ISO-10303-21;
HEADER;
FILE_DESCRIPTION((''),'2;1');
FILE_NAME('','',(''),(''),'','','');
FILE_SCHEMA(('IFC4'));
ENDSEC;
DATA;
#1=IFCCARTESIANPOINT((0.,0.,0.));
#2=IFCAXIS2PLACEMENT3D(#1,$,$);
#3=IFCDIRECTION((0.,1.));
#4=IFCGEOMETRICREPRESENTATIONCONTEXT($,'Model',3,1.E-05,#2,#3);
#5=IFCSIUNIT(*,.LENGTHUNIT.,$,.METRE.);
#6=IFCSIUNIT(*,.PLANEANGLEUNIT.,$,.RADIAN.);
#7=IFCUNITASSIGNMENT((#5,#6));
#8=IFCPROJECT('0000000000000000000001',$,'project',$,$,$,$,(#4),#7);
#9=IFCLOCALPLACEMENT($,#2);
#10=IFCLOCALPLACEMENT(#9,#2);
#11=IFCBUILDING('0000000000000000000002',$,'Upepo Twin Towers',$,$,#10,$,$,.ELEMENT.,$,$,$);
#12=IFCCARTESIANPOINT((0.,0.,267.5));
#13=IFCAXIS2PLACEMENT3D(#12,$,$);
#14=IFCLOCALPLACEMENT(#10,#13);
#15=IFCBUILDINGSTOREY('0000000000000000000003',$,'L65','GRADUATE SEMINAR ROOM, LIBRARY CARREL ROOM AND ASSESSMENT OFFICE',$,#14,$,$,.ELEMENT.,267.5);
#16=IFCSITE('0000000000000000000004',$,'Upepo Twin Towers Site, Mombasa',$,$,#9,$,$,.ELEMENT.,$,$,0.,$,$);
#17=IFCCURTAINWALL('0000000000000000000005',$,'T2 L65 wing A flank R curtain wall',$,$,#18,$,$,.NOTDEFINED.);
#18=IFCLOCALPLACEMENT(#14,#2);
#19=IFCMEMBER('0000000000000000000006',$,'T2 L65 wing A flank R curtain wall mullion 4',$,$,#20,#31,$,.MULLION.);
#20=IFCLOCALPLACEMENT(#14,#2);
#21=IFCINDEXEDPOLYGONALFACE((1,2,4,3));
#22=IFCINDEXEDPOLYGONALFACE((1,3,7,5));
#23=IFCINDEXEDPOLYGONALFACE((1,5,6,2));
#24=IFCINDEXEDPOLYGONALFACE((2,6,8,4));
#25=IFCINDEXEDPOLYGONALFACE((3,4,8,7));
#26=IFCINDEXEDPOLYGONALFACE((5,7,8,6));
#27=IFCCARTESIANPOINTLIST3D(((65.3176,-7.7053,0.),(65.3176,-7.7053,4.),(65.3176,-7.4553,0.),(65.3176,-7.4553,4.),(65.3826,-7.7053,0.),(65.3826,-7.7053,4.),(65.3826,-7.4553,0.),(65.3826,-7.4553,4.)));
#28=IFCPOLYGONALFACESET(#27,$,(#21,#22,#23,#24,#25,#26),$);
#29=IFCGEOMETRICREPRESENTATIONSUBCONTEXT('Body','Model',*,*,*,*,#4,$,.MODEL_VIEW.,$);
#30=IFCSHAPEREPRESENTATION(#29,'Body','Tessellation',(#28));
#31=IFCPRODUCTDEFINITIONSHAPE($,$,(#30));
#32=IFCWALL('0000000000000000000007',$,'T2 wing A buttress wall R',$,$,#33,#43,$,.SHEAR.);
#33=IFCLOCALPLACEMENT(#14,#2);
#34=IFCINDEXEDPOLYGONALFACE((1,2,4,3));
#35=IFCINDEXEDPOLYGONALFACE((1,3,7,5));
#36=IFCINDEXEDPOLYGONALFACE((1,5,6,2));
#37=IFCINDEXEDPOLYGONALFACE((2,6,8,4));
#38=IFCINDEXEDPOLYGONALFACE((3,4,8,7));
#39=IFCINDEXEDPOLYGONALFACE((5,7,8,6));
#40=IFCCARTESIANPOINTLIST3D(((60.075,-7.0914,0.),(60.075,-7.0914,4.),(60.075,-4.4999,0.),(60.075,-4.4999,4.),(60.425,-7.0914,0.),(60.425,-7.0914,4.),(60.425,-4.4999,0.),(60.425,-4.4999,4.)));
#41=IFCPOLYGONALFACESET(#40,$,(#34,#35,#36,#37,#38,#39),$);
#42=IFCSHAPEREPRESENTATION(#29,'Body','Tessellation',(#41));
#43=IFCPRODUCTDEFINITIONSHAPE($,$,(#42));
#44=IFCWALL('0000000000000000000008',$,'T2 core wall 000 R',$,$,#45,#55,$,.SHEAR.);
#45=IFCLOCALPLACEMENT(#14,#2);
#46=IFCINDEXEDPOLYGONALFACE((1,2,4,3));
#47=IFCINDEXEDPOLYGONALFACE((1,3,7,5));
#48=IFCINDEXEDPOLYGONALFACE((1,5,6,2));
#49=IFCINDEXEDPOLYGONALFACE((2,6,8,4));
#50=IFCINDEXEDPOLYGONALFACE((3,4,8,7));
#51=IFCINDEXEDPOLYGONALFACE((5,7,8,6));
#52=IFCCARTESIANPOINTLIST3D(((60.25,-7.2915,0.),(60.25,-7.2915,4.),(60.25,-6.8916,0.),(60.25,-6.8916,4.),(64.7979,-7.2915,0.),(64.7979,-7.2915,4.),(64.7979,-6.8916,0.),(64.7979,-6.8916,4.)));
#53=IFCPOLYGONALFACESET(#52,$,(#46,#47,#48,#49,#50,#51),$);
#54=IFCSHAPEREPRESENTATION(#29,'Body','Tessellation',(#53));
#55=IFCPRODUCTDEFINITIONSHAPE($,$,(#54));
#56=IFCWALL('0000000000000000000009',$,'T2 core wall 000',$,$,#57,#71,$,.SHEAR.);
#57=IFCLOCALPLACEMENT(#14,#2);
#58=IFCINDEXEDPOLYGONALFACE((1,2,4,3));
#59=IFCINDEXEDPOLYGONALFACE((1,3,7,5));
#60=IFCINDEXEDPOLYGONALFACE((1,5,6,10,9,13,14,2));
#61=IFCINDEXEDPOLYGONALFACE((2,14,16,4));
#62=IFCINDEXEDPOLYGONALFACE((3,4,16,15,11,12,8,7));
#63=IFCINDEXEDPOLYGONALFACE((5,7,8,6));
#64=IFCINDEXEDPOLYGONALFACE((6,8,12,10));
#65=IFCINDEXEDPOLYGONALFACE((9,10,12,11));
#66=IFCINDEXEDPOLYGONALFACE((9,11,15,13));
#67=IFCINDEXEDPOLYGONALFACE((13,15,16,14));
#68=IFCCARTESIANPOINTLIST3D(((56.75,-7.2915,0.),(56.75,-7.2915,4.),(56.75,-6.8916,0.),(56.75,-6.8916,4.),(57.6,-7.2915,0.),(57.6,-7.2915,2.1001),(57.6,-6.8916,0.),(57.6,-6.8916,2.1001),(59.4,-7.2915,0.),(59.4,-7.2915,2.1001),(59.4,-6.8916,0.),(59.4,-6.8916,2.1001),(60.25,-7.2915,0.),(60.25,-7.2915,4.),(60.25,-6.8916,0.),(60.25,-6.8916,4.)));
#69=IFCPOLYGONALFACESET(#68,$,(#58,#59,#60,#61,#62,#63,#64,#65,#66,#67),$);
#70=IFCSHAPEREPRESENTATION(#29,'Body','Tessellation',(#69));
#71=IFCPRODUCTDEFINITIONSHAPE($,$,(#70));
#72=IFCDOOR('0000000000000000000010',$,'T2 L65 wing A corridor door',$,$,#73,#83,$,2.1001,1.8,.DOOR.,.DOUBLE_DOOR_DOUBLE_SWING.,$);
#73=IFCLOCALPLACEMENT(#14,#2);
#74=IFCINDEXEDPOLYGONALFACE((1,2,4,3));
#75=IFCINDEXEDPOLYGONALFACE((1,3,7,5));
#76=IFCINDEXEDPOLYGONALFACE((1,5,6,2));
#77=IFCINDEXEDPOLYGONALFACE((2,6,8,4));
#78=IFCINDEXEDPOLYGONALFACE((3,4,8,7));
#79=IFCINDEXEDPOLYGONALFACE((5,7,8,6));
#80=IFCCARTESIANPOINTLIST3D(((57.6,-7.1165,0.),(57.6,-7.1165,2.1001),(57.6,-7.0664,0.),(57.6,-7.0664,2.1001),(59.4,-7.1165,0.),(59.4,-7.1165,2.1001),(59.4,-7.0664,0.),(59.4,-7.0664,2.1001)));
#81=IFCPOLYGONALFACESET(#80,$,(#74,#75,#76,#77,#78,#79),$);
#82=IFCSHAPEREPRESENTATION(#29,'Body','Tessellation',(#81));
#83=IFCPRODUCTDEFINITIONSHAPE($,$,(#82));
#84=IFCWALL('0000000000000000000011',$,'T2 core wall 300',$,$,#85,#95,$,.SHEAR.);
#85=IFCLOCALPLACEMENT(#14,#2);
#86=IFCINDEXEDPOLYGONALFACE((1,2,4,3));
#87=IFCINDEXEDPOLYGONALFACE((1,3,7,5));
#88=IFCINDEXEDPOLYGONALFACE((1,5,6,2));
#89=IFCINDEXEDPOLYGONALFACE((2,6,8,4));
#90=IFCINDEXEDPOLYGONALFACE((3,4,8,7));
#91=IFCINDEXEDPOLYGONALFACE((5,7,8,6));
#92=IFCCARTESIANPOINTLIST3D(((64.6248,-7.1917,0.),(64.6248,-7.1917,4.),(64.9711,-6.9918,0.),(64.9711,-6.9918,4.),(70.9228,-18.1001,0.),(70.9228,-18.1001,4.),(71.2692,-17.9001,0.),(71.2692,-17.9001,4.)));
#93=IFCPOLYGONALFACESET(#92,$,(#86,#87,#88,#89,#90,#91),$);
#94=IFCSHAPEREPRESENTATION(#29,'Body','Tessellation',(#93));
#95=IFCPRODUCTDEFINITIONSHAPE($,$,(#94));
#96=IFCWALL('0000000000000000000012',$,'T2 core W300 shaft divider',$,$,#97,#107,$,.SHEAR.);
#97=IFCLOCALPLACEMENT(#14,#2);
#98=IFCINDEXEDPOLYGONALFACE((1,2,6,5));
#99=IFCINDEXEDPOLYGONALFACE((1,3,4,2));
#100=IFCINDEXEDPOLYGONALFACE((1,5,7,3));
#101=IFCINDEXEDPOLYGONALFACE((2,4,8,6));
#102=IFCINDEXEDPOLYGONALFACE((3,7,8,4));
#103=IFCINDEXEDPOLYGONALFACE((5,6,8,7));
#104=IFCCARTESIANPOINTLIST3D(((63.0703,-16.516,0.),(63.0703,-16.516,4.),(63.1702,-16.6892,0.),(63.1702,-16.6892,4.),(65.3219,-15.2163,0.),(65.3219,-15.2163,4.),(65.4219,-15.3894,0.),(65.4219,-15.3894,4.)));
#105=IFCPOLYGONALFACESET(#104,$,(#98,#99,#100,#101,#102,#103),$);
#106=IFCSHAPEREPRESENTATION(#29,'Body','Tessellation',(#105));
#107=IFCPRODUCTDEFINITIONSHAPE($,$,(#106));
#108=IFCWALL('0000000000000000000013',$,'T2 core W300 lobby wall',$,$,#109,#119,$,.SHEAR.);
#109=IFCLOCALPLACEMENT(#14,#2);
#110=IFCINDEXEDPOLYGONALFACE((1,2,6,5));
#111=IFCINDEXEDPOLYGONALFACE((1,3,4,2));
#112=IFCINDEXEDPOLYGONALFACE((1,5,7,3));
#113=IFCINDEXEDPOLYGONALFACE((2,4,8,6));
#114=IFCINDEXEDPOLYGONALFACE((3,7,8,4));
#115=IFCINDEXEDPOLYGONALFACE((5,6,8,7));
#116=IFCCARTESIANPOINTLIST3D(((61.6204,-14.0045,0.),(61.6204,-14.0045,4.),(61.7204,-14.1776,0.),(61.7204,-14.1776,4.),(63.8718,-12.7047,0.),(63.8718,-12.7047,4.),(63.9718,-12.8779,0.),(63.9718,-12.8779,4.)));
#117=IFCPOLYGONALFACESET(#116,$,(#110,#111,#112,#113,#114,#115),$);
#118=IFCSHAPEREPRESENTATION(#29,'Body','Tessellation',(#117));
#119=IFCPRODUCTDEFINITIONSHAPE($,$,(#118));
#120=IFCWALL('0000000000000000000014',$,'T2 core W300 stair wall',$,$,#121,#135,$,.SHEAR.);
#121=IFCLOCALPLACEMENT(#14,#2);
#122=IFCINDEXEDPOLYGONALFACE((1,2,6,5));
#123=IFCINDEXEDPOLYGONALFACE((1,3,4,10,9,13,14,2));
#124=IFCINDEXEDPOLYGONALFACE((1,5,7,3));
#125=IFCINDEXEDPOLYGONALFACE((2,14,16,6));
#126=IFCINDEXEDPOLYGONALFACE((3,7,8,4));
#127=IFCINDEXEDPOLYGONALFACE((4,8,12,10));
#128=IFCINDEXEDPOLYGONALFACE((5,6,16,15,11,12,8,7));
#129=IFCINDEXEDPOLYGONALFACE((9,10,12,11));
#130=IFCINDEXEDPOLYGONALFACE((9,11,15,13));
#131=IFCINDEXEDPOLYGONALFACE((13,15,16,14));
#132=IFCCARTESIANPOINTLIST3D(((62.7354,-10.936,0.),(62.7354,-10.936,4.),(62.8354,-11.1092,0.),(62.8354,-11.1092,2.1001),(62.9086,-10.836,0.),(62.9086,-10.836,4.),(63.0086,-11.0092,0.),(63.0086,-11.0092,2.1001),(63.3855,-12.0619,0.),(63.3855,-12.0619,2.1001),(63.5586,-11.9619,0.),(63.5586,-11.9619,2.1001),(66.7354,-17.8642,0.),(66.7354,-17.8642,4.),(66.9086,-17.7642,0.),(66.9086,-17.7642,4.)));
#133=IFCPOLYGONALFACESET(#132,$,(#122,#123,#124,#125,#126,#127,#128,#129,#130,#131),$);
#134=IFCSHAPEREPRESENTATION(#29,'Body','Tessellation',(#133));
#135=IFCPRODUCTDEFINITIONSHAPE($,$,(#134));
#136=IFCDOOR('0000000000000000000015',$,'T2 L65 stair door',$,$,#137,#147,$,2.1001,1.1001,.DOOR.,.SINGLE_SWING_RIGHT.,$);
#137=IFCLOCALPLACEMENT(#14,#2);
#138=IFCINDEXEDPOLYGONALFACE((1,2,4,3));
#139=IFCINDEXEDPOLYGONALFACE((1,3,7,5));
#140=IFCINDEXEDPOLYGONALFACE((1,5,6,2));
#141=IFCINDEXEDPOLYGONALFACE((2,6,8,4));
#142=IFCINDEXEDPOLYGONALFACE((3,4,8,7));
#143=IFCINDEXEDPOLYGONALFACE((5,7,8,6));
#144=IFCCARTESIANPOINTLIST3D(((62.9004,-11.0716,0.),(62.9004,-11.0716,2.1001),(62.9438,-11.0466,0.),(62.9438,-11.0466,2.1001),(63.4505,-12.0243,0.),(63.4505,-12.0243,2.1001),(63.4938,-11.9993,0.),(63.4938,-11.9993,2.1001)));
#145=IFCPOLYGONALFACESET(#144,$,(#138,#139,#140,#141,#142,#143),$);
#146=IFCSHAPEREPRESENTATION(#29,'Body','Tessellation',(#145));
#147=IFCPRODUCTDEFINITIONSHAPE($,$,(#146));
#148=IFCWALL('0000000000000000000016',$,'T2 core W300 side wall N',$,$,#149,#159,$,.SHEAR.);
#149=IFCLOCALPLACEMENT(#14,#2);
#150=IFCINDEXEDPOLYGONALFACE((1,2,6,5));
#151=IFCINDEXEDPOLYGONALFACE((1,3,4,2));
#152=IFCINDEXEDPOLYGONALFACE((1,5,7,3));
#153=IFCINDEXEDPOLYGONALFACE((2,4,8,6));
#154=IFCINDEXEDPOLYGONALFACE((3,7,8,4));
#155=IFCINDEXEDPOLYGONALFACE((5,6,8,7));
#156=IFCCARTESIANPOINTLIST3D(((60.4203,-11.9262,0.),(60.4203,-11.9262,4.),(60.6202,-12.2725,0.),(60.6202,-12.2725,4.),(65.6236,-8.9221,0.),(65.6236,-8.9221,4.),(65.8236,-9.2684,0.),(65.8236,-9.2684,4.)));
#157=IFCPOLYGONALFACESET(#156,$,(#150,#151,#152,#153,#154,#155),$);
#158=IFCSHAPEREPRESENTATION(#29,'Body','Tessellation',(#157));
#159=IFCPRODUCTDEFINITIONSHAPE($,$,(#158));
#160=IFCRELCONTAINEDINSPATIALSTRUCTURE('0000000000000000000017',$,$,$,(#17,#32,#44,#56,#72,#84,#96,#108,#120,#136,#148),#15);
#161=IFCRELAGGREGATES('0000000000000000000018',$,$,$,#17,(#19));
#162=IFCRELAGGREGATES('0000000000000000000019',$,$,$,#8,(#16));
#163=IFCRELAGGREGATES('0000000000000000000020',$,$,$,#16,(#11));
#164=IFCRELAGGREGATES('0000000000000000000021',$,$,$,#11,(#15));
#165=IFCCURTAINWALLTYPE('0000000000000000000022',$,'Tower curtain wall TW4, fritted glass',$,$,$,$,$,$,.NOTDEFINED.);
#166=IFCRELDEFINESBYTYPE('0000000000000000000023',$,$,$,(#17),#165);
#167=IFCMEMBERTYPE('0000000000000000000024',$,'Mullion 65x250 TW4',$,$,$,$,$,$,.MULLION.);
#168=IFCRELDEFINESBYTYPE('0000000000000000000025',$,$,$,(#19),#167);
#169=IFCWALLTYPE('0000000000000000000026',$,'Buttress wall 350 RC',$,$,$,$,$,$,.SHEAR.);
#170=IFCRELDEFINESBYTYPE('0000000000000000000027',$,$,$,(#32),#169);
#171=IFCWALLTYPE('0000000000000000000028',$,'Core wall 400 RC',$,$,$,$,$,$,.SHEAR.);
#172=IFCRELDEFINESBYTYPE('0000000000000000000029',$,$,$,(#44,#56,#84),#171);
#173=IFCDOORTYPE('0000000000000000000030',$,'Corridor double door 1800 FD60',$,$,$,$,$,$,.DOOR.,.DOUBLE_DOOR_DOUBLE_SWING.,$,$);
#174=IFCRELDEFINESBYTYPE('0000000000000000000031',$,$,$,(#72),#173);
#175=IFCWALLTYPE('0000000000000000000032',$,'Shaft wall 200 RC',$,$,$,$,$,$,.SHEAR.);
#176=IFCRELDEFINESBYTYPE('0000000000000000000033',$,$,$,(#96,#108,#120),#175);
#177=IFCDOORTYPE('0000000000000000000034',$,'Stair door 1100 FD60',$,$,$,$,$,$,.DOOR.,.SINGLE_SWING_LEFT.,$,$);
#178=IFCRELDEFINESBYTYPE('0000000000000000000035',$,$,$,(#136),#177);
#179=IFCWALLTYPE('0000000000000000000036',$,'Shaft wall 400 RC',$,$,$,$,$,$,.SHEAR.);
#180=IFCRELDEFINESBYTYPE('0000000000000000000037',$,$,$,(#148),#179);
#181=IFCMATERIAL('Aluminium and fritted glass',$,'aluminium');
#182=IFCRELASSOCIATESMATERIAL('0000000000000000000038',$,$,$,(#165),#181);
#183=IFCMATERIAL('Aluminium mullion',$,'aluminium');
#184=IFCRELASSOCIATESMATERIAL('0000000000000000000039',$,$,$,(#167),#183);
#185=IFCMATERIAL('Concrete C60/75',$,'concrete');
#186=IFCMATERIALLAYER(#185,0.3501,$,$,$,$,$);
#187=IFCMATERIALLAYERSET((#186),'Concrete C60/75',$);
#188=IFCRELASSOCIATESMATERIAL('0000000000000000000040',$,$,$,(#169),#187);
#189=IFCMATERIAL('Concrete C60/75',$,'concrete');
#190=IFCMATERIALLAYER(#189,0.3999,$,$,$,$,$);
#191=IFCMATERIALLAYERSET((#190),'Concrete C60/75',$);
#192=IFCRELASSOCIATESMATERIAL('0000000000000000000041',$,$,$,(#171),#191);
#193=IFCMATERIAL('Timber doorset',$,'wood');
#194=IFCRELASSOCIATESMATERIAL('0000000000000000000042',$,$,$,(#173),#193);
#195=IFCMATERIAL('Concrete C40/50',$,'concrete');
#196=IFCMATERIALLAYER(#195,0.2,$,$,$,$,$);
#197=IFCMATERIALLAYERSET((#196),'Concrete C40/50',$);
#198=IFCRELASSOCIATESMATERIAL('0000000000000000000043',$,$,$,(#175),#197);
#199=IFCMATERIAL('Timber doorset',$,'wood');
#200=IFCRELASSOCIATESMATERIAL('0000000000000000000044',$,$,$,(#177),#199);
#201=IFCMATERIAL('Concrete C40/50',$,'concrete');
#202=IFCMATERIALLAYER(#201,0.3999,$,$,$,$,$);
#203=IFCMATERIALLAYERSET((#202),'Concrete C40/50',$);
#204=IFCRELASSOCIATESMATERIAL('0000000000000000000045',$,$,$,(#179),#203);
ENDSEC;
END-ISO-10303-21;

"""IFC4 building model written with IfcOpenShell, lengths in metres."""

from ifc_helpers import new_model, si_unit, direction, frame, frame_2d, origin, origin_2d, place, context, subcontext, project, spatial, rectangle, extrude, material, layer, layer_set, material_profile, profile_set, type_object, element, fill, aggregate, save


model = new_model("IFC4")

# Units and contexts
model_context = context("Model", 3, precision=1e-05, world=origin(), true_north=direction((0.0, 1.0)))
body_context = subcontext(model_context, "Body", "Model", "MODEL_VIEW")
ifc_project = project(units=[si_unit("LENGTHUNIT", "METRE"), si_unit("PLANEANGLEUNIT", "RADIAN")], contexts=[model_context])

# Site, building, storey
site_placement = place(None, origin())
site = spatial("IfcSite", under=ifc_project, at=site_placement, Name="Upepo Twin Towers Site, Mombasa", CompositionType="ELEMENT", RefElevation=0.0)
building_placement = place(site_placement, origin())
building = spatial("IfcBuilding", under=site, at=building_placement, Name="Upepo Twin Towers", CompositionType="ELEMENT")
storey_placement = place(building_placement, frame((0.0, 0.0, 267.5)))
storey = spatial("IfcBuildingStorey", under=building, at=storey_placement, Name="L65", Description="GRADUATE SEMINAR ROOM, LIBRARY CARREL ROOM AND ASSESSMENT OFFICE", CompositionType="ELEMENT", Elevation=267.5)

# Curtain wall, member
ifc_material_1 = material(Name="Aluminium and fritted glass", Category="aluminium")
curtain_wall_type = type_object("IfcCurtainWallType", Name="Tower curtain wall TW4, fritted glass", PredefinedType="NOTDEFINED", material=ifc_material_1)
curtain_wall_placement = place(storey_placement, origin())
curtain_wall = element("IfcCurtainWall", 1, at=curtain_wall_placement, inside=storey, type_object=curtain_wall_type, Name="T2 L65 wing A flank R curtain wall", PredefinedType="NOTDEFINED")
ifc_material_2 = material(Name="Aluminium mullion", Category="aluminium")
ifc_material_profile = material_profile(ifc_material_2, rectangle(XDim=0.0649, YDim=0.25, at=origin_2d()), Name="MULLION 65x250")
ifc_profile_set = profile_set([ifc_material_profile], Name="Aluminium mullion")
member_type = type_object("IfcMemberType", Name="Mullion 65x250 TW4", PredefinedType="MULLION", material=ifc_profile_set)
member_placement = place(storey_placement, frame((65.3501, -7.5803, 0.0), z_axis=(0.0, 0.0, 1.0), x_axis=(1.0, 0.0, 0.0)))
member = element("IfcMember", 2, at=member_placement, type_object=member_type, Name="T2 L65 wing A flank R curtain wall mullion 4", PredefinedType="MULLION", context=body_context, shape_type="SweptSolid", body=[
    extrude(rectangle(XDim=0.0649, YDim=0.25, at=origin_2d()), origin(), (0.0, 0.0, 1.0), 4.0),
])
aggregate(curtain_wall, [member])

# Walls
ifc_material_3 = material(Name="Concrete C60/75", Category="concrete")
ifc_layer_1 = layer(ifc_material_3, 0.3501)
ifc_layer_set_1 = layer_set([ifc_layer_1], Name="Concrete C60/75")
wall_type_1 = type_object("IfcWallType", Name="Buttress wall 350 RC", PredefinedType="SHEAR", material=ifc_layer_set_1)
wall_1_placement = place(storey_placement, frame((60.25, -7.0916, 0.0), z_axis=(0.0, 0.0, 1.0), x_axis=(0.0, 1.0, 0.0)))
element("IfcWall", 3, at=wall_1_placement, inside=storey, type_object=wall_type_1, Name="T2 wing A buttress wall R", PredefinedType="SHEAR", context=body_context, shape_type="SweptSolid", body=[
    extrude(rectangle(XDim=2.5916, YDim=0.3501, at=frame_2d((1.2959, 0.0))), origin(), (0.0, 0.0, 1.0), 4.0),
])
ifc_material_4 = material(Name="Concrete C60/75", Category="concrete")
ifc_layer_2 = layer(ifc_material_4, 0.3999)
ifc_layer_set_2 = layer_set([ifc_layer_2], Name="Concrete C60/75")
wall_type_2 = type_object("IfcWallType", Name="Core wall 400 RC", PredefinedType="SHEAR", material=ifc_layer_set_2)
wall_2_placement = place(storey_placement, frame((64.7979, -7.0916, 0.0), z_axis=(0.0, 0.0, 1.0), x_axis=(-1.0, 0.0, 0.0)))
element("IfcWall", 4, at=wall_2_placement, inside=storey, type_object=wall_type_2, Name="T2 core wall 000 R", PredefinedType="SHEAR", context=body_context, shape_type="SweptSolid", body=[
    extrude(rectangle(XDim=4.5479, YDim=0.3999, at=frame_2d((2.2739, 0.0))), origin(), (0.0, 0.0, 1.0), 4.0),
])

# Wall, opening, door
wall_3_placement = place(storey_placement, frame((60.25, -7.0916, 0.0), z_axis=(0.0, 0.0, 1.0), x_axis=(-1.0, 0.0, 0.0)))
wall_3 = element("IfcWall", 5, at=wall_3_placement, inside=storey, type_object=wall_type_2, Name="T2 core wall 000", PredefinedType="SHEAR", context=body_context, shape_type="SweptSolid", body=[
    extrude(rectangle(XDim=3.5, YDim=0.3999, at=frame_2d((1.75, 0.0))), origin(), (0.0, 0.0, 1.0), 4.0),
])
opening_1_placement = place(wall_3_placement, frame((0.8501, 0.0, 0.0)))
opening_1 = element("IfcOpeningElement", 6, at=opening_1_placement, cuts=wall_3, PredefinedType="OPENING", context=body_context, shape_type="SweptSolid", body=[
    extrude(rectangle(XDim=1.8, YDim=2.1001, at=frame_2d((0.8999, 1.05))), frame((0.0, 0.21, 0.0), z_axis=(0.0, -1.0, 0.0), x_axis=(1.0, 0.0, 0.0)), (0.0, 0.0, 1.0), 0.4199),
])
ifc_material_5 = material(Name="Timber doorset", Category="wood")
door_type_1 = type_object("IfcDoorType", Name="Corridor double door 1800 FD60", OperationType="DOUBLE_DOOR_DOUBLE_SWING", PredefinedType="DOOR", material=ifc_material_5)
door_1_placement = place(opening_1_placement, origin())
door_1 = element("IfcDoor", 7, at=door_1_placement, inside=storey, type_object=door_type_1, Name="T2 L65 wing A corridor door", OperationType="DOUBLE_DOOR_DOUBLE_SWING", OverallHeight=2.1001, OverallWidth=1.8, PredefinedType="DOOR", context=body_context, shape_type="SweptSolid", body=[
    extrude(rectangle(XDim=1.8, YDim=2.1001, at=frame_2d((0.8999, 1.05))), frame((0.0, 0.0249, 0.0), z_axis=(0.0, -1.0, 0.0), x_axis=(1.0, 0.0, 0.0)), (0.0, 0.0, 1.0), 0.05),
])
fill(opening_1, door_1)

# Walls
wall_4_placement = place(storey_placement, frame((71.0959, -18.0, 0.0), z_axis=(0.0, 0.0, 1.0), x_axis=(-0.500006, 0.866022, 0.0)))
element("IfcWall", 8, at=wall_4_placement, inside=storey, type_object=wall_type_2, Name="T2 core wall 300", PredefinedType="SHEAR", context=body_context, shape_type="SweptSolid", body=[
    extrude(rectangle(XDim=12.5959, YDim=0.3999, at=frame_2d((6.2979, 0.0))), origin(), (0.0, 0.0, 1.0), 4.0),
])
ifc_material_6 = material(Name="Concrete C40/50", Category="concrete")
ifc_layer_3 = layer(ifc_material_6, 0.2)
ifc_layer_set_3 = layer_set([ifc_layer_3], Name="Concrete C40/50")
wall_type_3 = type_object("IfcWallType", Name="Shaft wall 200 RC", PredefinedType="SHEAR", material=ifc_layer_set_3)
wall_5_placement = place(storey_placement, frame((63.1204, -16.6025, 0.0), z_axis=(0.0, 0.0, 1.0), x_axis=(0.866062, 0.499937, 0.0)))
element("IfcWall", 9, at=wall_5_placement, inside=storey, type_object=wall_type_3, Name="T2 core W300 shaft divider", PredefinedType="SHEAR", context=body_context, shape_type="SweptSolid", body=[
    extrude(rectangle(XDim=2.5999, YDim=0.2, at=frame_2d((1.2998, 0.0))), origin(), (0.0, 0.0, 1.0), 4.0),
])
wall_6_placement = place(storey_placement, frame((61.6704, -14.0911, 0.0), z_axis=(0.0, 0.0, 1.0), x_axis=(0.866039, 0.499977, 0.0)))
element("IfcWall", 10, at=wall_6_placement, inside=storey, type_object=wall_type_3, Name="T2 core W300 lobby wall", PredefinedType="SHEAR", context=body_context, shape_type="SweptSolid", body=[
    extrude(rectangle(XDim=2.5996, YDim=0.2, at=frame_2d((1.2998, 0.0))), origin(), (0.0, 0.0, 1.0), 4.0),
])

# Wall, opening, door
wall_7_placement = place(storey_placement, frame((66.822, -17.8142, 0.0), z_axis=(0.0, 0.0, 1.0), x_axis=(-0.499999, 0.866026, 0.0)))
wall_7 = element("IfcWall", 11, at=wall_7_placement, inside=storey, type_object=wall_type_3, Name="T2 core W300 stair wall", PredefinedType="SHEAR", context=body_context, shape_type="SweptSolid", body=[
    extrude(rectangle(XDim=8.0, YDim=0.2, at=frame_2d((4.0, 0.0))), origin(), (0.0, 0.0, 1.0), 4.0),
])
opening_2_placement = place(wall_7_placement, frame((6.7, 0.0, 0.0)))
opening_2 = element("IfcOpeningElement", 12, at=opening_2_placement, cuts=wall_7, PredefinedType="OPENING", context=body_context, shape_type="SweptSolid", body=[
    extrude(rectangle(XDim=1.1001, YDim=2.1001, at=frame_2d((0.55, 1.05))), frame((0.0, 0.1099, 0.0), z_axis=(0.0, -1.0, 0.0), x_axis=(1.0, 0.0, 0.0)), (0.0, 0.0, 1.0), 0.22),
])
ifc_material_7 = material(Name="Timber doorset", Category="wood")
door_type_2 = type_object("IfcDoorType", Name="Stair door 1100 FD60", OperationType="SINGLE_SWING_LEFT", PredefinedType="DOOR", material=ifc_material_7)
door_2_placement = place(opening_2_placement, origin())
door_2 = element("IfcDoor", 13, at=door_2_placement, inside=storey, type_object=door_type_2, Name="T2 L65 stair door", OperationType="SINGLE_SWING_RIGHT", OverallHeight=2.1001, OverallWidth=1.1001, PredefinedType="DOOR", context=body_context, shape_type="SweptSolid", body=[
    extrude(rectangle(XDim=1.1001, YDim=2.1001, at=frame_2d((0.55, 1.05))), frame((0.0, 0.0249, 0.0), z_axis=(0.0, -1.0, 0.0), x_axis=(1.0, 0.0, 0.0)), (0.0, 0.0, 1.0), 0.05),
])
fill(opening_2, door_2)

# Wall
ifc_material_8 = material(Name="Concrete C40/50", Category="concrete")
ifc_layer_4 = layer(ifc_material_8, 0.3999)
ifc_layer_set_4 = layer_set([ifc_layer_4], Name="Concrete C40/50")
wall_type_4 = type_object("IfcWallType", Name="Shaft wall 400 RC", PredefinedType="SHEAR", material=ifc_layer_set_4)
wall_8_placement = place(storey_placement, frame((60.5203, -12.0994, 0.0), z_axis=(0.0, 0.0, 1.0), x_axis=(0.866027, 0.499998, 0.0)))
element("IfcWall", 14, at=wall_8_placement, inside=storey, type_object=wall_type_4, Name="T2 core W300 side wall N", PredefinedType="SHEAR", context=body_context, shape_type="SweptSolid", body=[
    extrude(rectangle(XDim=6.0083, YDim=0.3999, at=frame_2d((3.0042, 0.0))), origin(), (0.0, 0.0, 1.0), 4.0),
])

save(model, "model.ifc")
